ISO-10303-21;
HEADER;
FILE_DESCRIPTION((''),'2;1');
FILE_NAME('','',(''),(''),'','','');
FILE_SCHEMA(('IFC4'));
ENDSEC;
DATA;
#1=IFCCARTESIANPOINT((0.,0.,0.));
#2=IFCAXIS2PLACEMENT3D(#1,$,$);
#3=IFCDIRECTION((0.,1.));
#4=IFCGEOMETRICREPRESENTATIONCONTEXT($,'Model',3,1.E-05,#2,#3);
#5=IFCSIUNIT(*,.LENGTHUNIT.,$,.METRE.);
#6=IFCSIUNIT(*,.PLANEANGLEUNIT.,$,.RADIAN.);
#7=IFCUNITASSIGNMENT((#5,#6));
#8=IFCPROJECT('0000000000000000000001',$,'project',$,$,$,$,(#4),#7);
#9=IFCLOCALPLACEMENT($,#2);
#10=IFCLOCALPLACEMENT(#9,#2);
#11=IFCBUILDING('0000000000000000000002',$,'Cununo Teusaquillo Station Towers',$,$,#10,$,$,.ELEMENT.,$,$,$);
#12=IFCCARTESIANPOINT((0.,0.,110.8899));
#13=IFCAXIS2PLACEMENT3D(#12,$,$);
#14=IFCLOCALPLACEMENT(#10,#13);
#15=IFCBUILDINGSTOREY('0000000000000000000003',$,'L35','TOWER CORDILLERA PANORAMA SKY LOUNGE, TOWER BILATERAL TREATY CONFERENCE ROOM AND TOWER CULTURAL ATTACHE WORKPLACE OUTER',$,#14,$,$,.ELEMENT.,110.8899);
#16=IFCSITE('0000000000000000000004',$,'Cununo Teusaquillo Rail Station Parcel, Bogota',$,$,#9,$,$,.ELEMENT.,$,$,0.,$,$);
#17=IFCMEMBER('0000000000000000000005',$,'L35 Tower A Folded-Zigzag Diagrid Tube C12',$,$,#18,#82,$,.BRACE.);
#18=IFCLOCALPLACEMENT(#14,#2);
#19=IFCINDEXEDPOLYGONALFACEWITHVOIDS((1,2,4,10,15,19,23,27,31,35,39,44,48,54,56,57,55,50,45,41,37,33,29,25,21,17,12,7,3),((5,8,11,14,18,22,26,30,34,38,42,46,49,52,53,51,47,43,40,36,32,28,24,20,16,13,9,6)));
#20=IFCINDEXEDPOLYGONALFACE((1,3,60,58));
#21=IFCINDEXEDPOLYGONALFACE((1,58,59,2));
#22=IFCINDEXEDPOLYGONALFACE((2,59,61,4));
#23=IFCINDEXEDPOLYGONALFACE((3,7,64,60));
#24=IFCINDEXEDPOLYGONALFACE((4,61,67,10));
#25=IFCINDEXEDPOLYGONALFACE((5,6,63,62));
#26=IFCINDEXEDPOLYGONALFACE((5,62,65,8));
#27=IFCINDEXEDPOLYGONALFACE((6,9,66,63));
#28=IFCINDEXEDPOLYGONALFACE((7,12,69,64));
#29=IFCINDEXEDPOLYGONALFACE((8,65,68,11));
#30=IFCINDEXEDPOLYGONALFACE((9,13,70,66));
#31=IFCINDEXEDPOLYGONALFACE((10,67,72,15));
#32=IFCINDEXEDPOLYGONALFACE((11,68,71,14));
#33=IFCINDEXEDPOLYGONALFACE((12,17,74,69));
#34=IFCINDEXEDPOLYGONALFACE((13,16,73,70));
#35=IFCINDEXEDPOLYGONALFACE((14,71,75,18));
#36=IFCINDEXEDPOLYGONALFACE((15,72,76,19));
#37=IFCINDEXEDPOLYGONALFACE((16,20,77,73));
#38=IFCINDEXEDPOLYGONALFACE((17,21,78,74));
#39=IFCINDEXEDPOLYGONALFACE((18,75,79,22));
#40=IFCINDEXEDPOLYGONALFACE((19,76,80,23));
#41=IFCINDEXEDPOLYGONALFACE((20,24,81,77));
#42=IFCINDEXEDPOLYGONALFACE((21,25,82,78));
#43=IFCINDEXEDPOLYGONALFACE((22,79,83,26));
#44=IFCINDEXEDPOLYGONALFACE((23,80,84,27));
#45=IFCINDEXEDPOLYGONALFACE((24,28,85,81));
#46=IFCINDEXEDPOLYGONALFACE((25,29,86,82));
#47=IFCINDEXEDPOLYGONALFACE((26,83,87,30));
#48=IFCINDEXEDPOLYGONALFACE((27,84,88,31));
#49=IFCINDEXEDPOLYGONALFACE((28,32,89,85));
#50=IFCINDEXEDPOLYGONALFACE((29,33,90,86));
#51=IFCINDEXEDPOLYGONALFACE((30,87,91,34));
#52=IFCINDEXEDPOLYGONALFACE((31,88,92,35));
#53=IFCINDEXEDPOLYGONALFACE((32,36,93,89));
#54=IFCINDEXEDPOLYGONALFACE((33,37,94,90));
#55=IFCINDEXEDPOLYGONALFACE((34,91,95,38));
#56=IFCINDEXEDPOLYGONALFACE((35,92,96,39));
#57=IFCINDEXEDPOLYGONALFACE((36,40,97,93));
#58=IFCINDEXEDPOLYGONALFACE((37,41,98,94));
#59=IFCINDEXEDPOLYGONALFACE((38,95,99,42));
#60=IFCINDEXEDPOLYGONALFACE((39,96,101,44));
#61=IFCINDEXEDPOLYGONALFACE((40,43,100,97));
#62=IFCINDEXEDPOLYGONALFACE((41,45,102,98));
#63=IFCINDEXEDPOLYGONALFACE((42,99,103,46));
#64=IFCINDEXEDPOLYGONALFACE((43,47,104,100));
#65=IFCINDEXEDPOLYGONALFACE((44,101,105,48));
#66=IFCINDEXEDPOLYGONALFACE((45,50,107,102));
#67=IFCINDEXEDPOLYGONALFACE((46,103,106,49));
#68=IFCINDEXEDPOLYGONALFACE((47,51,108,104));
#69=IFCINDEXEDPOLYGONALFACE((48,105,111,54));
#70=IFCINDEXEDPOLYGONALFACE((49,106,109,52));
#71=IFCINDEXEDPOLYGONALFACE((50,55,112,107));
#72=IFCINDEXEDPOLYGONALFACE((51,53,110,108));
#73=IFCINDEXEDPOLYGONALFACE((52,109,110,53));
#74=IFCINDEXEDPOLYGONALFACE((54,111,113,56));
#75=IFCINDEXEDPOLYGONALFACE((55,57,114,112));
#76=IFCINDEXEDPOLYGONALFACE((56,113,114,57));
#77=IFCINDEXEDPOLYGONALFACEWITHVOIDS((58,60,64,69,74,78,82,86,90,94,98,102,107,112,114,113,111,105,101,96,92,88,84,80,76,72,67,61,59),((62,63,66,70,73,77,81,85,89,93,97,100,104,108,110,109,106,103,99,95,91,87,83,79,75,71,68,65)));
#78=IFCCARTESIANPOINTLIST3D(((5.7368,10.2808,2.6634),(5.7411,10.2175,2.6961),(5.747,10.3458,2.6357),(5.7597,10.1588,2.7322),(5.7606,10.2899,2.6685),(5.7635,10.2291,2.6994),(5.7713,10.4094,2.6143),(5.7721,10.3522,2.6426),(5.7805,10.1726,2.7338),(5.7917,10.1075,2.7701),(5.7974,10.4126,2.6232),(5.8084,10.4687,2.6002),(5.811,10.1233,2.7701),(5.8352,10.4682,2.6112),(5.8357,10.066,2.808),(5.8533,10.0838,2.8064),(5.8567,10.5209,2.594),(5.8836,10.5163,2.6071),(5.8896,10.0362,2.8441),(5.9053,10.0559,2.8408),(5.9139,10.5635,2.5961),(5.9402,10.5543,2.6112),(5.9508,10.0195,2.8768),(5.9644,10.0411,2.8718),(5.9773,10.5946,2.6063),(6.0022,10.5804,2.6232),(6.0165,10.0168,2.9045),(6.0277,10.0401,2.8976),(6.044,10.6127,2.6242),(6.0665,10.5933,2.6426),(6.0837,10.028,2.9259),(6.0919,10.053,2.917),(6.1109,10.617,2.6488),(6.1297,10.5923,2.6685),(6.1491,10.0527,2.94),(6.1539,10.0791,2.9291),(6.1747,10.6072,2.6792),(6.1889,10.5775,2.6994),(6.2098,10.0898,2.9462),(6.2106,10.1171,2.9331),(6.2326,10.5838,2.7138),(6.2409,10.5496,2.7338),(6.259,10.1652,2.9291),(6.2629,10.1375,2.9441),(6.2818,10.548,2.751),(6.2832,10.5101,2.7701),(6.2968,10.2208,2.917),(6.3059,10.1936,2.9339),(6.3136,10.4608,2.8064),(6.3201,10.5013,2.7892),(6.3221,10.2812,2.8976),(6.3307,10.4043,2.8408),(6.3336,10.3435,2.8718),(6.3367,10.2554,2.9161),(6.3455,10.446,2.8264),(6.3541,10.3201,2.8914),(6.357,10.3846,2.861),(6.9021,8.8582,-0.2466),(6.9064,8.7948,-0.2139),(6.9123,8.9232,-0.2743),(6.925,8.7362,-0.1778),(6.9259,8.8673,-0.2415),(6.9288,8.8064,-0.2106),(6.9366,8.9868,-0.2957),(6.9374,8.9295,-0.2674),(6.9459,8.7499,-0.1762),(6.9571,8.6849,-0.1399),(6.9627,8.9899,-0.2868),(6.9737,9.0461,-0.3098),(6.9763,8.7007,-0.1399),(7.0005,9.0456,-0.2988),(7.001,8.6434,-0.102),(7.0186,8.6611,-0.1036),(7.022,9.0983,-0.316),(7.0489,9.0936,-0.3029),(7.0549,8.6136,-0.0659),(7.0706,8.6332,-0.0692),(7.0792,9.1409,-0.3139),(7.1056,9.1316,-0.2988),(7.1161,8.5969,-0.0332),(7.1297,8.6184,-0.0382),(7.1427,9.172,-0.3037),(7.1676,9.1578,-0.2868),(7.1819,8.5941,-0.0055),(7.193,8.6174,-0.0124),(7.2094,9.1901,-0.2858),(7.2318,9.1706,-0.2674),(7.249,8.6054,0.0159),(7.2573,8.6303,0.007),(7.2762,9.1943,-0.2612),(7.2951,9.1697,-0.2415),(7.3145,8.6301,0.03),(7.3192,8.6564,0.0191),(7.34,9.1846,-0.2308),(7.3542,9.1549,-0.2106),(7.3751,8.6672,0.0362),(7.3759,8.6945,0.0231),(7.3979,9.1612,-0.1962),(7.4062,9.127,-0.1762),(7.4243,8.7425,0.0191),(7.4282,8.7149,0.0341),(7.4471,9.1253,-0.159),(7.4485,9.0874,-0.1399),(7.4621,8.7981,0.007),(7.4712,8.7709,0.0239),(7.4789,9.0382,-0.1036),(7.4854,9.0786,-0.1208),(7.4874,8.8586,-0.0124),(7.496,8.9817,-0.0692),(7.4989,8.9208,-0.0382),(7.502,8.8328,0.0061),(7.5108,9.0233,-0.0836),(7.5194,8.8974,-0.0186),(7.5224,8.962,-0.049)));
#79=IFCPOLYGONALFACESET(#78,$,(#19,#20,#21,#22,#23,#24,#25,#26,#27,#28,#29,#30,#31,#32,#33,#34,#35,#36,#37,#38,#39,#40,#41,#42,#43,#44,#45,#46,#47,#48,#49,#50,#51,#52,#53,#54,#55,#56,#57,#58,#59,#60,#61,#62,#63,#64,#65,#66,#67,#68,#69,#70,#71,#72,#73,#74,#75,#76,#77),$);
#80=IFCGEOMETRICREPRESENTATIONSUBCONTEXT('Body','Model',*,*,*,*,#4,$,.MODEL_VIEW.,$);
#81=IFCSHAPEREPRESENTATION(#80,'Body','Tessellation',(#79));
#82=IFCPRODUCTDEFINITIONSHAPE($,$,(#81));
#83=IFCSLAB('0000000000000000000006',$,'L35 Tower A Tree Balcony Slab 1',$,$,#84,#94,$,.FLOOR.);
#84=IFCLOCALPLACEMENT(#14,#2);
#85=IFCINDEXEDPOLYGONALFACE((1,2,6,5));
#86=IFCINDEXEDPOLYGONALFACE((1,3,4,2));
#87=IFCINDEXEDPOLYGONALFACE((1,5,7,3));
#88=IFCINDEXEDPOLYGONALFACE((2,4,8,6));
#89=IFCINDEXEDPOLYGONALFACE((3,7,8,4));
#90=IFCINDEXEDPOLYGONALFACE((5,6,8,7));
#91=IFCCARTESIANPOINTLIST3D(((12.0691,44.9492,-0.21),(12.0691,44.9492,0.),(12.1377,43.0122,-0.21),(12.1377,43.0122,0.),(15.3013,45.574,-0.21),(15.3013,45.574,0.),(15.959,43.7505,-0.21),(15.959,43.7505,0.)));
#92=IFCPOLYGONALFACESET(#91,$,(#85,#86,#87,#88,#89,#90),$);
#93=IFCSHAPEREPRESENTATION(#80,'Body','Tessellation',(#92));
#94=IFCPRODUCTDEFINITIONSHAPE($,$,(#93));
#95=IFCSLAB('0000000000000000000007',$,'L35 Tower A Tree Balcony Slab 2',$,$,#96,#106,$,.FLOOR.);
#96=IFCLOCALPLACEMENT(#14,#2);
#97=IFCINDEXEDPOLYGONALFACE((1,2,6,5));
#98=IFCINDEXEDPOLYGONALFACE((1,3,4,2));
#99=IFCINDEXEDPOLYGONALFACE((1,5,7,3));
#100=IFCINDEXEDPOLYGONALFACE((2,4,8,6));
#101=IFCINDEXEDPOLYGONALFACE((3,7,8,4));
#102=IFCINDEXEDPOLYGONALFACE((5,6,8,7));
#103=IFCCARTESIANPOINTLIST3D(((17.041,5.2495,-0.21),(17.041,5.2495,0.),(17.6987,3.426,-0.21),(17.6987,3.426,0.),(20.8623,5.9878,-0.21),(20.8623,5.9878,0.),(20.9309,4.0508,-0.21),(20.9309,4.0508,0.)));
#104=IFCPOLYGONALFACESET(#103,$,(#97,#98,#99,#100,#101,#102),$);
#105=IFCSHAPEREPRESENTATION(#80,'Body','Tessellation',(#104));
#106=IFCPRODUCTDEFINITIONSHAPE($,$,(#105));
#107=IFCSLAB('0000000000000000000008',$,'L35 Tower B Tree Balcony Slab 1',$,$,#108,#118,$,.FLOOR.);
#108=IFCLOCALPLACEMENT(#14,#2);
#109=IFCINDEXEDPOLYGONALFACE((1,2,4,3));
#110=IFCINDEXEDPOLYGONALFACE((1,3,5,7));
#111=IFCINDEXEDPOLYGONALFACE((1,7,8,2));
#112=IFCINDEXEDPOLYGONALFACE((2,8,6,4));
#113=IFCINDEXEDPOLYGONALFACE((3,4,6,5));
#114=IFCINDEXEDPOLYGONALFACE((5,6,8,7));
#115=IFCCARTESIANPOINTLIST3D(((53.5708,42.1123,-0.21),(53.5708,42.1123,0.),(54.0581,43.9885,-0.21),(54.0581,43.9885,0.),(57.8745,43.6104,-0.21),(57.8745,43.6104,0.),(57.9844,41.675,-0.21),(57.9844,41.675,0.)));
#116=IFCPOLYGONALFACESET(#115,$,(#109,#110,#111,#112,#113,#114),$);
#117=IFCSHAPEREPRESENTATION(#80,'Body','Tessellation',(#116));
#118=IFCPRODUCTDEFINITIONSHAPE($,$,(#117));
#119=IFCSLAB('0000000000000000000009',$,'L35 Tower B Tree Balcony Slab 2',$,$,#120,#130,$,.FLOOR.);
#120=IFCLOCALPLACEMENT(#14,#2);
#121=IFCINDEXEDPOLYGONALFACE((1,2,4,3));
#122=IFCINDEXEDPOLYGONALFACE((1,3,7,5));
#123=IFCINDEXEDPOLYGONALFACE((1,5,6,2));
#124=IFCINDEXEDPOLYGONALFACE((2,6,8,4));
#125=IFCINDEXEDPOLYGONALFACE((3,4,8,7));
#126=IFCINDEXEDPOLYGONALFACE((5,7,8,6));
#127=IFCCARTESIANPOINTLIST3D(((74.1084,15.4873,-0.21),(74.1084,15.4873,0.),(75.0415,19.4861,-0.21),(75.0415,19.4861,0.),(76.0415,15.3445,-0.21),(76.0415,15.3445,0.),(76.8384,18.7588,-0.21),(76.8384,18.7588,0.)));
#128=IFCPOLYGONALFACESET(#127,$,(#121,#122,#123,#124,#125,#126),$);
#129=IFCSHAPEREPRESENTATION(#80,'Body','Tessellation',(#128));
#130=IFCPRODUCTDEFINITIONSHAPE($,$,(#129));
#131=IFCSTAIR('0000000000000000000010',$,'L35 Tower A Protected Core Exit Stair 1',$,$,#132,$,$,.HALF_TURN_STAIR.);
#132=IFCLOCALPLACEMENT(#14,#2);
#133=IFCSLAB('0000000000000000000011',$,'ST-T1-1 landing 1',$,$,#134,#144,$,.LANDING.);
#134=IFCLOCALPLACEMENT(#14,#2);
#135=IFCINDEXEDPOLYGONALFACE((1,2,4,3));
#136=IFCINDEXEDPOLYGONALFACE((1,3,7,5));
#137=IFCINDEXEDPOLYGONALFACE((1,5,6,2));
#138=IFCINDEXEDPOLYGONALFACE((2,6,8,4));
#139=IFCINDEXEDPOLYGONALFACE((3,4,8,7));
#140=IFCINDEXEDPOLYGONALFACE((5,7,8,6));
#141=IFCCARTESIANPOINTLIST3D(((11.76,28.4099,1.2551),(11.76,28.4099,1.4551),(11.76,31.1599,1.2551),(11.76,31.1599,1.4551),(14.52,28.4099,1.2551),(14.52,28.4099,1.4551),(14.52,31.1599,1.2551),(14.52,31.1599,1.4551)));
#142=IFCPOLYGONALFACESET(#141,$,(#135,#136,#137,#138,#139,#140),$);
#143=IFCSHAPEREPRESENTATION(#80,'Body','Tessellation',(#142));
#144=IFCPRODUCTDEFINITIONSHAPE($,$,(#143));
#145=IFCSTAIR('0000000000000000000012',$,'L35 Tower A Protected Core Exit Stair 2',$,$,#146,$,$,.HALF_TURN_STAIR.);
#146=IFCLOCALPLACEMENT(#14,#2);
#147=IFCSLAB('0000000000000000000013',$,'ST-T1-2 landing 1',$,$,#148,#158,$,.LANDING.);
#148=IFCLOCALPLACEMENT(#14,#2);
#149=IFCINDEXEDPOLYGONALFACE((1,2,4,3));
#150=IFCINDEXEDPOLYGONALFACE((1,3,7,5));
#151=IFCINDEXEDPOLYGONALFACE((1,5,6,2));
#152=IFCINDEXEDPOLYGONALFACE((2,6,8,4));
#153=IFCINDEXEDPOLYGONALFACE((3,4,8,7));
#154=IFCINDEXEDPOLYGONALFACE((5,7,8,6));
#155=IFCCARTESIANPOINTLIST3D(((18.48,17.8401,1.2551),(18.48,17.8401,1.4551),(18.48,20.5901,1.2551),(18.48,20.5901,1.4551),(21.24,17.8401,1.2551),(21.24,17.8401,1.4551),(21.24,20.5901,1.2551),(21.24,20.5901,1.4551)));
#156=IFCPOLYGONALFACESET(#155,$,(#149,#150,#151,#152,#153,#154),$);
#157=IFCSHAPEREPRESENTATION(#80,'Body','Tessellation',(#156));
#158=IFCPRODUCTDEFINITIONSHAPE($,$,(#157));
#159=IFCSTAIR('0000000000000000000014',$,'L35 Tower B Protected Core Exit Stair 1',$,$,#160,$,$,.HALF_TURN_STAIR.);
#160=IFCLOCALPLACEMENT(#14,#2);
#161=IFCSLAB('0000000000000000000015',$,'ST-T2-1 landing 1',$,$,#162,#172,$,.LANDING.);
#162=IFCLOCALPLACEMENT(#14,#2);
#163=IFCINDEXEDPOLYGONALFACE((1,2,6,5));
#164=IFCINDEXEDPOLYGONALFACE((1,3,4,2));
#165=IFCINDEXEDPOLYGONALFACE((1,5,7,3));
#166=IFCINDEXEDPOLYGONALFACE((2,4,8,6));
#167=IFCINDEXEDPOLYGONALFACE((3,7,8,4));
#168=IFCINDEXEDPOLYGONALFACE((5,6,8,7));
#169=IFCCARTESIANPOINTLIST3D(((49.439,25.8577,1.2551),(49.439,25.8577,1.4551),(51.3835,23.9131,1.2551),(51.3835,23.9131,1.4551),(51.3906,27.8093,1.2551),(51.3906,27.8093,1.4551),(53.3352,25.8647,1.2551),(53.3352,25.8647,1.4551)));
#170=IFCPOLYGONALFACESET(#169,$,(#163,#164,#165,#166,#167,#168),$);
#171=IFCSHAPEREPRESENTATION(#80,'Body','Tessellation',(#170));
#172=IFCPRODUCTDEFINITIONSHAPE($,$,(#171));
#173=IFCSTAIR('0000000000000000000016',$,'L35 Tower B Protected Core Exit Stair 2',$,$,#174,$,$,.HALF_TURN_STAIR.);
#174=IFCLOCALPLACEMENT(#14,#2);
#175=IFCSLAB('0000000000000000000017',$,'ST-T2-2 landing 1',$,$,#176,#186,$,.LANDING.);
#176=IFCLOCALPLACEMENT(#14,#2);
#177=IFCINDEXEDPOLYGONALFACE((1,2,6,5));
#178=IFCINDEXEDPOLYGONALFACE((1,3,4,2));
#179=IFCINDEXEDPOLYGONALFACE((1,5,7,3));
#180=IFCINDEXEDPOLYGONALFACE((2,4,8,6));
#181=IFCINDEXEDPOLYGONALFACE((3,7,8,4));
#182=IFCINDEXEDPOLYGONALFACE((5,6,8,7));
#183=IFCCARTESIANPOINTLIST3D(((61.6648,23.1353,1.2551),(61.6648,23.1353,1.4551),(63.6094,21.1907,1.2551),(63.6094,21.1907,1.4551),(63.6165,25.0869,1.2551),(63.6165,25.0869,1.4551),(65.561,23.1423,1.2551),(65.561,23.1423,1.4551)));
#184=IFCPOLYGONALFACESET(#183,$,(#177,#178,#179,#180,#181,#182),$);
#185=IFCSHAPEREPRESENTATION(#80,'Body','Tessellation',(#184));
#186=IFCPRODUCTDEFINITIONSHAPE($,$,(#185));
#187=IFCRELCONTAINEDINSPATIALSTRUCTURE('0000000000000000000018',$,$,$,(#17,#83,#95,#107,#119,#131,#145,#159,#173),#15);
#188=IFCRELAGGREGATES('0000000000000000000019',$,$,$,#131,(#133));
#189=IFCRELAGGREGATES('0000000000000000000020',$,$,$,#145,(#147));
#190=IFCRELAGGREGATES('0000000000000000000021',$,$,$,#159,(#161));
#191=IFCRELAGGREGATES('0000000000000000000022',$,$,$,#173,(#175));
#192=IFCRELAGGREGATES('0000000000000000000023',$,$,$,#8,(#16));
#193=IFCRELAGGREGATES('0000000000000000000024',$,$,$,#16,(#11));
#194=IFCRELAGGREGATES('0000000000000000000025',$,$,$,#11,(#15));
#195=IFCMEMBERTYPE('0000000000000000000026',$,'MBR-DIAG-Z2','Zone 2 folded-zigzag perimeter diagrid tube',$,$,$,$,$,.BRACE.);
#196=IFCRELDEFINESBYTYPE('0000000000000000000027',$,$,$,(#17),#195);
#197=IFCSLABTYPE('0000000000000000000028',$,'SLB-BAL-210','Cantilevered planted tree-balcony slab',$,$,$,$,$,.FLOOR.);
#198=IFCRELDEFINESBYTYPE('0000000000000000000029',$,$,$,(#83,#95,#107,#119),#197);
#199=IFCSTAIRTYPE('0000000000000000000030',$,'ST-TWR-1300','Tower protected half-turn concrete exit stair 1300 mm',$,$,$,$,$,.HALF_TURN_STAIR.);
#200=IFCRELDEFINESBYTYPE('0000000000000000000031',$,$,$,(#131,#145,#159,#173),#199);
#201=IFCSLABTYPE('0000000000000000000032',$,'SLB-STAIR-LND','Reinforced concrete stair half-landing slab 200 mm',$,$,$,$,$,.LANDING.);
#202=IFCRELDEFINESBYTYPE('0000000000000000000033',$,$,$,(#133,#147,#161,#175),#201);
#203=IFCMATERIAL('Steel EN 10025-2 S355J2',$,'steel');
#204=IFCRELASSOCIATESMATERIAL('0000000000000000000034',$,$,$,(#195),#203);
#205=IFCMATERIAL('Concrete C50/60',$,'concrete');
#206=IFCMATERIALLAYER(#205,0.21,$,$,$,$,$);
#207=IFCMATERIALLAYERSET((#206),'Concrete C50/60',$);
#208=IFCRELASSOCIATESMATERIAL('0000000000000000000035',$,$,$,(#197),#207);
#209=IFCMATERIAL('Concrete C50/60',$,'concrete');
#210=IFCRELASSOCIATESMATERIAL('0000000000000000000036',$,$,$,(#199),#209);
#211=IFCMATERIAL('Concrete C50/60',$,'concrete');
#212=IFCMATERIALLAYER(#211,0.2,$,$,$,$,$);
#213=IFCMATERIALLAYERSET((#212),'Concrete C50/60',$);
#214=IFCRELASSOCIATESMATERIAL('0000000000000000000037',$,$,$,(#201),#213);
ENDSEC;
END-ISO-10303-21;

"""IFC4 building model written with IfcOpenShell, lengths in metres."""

from ifc_helpers import new_model, si_unit, direction, frame, origin, origin_2d, place, context, subcontext, project, spatial, polyline, hollow_circle, outline, extrude, material, layer, layer_set, material_profile, profile_set, type_object, element, aggregate, save


model = new_model("IFC4")

# Units and contexts
model_context = context("Model", 3, precision=1e-05, world=origin(), true_north=direction((0.0, 1.0)))
body_context = subcontext(model_context, "Body", "Model", "MODEL_VIEW")
ifc_project = project(units=[si_unit("LENGTHUNIT", "METRE"), si_unit("PLANEANGLEUNIT", "RADIAN")], contexts=[model_context])

# Site, building, storey
site_placement = place(None, origin())
site = spatial("IfcSite", under=ifc_project, at=site_placement, Name="Cununo Teusaquillo Rail Station Parcel, Bogota", CompositionType="ELEMENT", RefElevation=0.0)
building_placement = place(site_placement, origin())
building = spatial("IfcBuilding", under=site, at=building_placement, Name="Cununo Teusaquillo Station Towers", CompositionType="ELEMENT")
storey_placement = place(building_placement, frame((0.0, 0.0, 110.8899)))
storey = spatial("IfcBuildingStorey", under=building, at=storey_placement, Name="L35", Description="TOWER CORDILLERA PANORAMA SKY LOUNGE, TOWER BILATERAL TREATY CONFERENCE ROOM AND TOWER CULTURAL ATTACHE WORKPLACE OUTER", CompositionType="ELEMENT", Elevation=110.8899)

# Member
ifc_material_1 = material(Name="Steel EN 10025-2 S355J2", Category="steel")
ifc_material_profile_1 = material_profile(ifc_material_1, hollow_circle(Radius=0.3301, WallThickness=0.0249, at=origin_2d()), Name="CHS 660x25")
ifc_profile_set_1 = profile_set([ifc_material_profile_1], Name="Steel EN 10025-2 S355J2")
member_type = type_object("IfcMemberType", Name="MBR-DIAG-Z2", Description="Zone 2 folded-zigzag perimeter diagrid tube", PredefinedType="BRACE", material=ifc_profile_set_1)
member_placement = place(storey_placement, frame((7.2124, 8.894, -0.1399), z_axis=(-0.338521, 0.413275, 0.845345), x_axis=(-0.773602, -0.633671, 0.0)))
element("IfcMember", 1, at=member_placement, inside=storey, type_object=member_type, Name="L35 Tower A Folded-Zigzag Diagrid Tube C12", PredefinedType="BRACE", context=body_context, shape_type="SweptSolid", body=[
    extrude(hollow_circle(Radius=0.3301, WallThickness=0.0249, at=origin_2d()), origin(), (0.0, 0.0, 1.0), 3.4424),
])

# Slabs
ifc_material_2 = material(Name="Concrete C50/60", Category="concrete")
ifc_layer_1 = layer(ifc_material_2, 0.21)
ifc_layer_set_1 = layer_set([ifc_layer_1], Name="Concrete C50/60")
slab_type_1 = type_object("IfcSlabType", Name="SLB-BAL-210", Description="Cantilevered planted tree-balcony slab", PredefinedType="FLOOR", material=ifc_layer_set_1)
slab_1_placement = place(storey_placement, frame((0.0, 0.0, -0.21)))
element("IfcSlab", 2, at=slab_1_placement, inside=storey, type_object=slab_type_1, Name="L35 Tower A Tree Balcony Slab 1", PredefinedType="FLOOR", context=body_context, shape_type="SweptSolid", body=[
    extrude(outline(polyline([(15.959, 43.7505), (12.1377, 43.0122), (12.0691, 44.9492), (15.3013, 45.574), (15.959, 43.7505)])), origin(), (0.0, 0.0, 1.0), 0.21),
])
slab_2_placement = place(storey_placement, frame((0.0, 0.0, -0.21)))
element("IfcSlab", 3, at=slab_2_placement, inside=storey, type_object=slab_type_1, Name="L35 Tower A Tree Balcony Slab 2", PredefinedType="FLOOR", context=body_context, shape_type="SweptSolid", body=[
    extrude(outline(polyline([(17.041, 5.2495), (20.8623, 5.9878), (20.9309, 4.0508), (17.6987, 3.426), (17.041, 5.2495)])), origin(), (0.0, 0.0, 1.0), 0.21),
])
slab_3_placement = place(storey_placement, frame((0.0, 0.0, -0.21)))
element("IfcSlab", 4, at=slab_3_placement, inside=storey, type_object=slab_type_1, Name="L35 Tower B Tree Balcony Slab 1", PredefinedType="FLOOR", context=body_context, shape_type="SweptSolid", body=[
    extrude(outline(polyline([(57.9844, 41.675), (53.5708, 42.1123), (54.0581, 43.9885), (57.8745, 43.6104), (57.9844, 41.675)])), origin(), (0.0, 0.0, 1.0), 0.21),
])
slab_4_placement = place(storey_placement, frame((0.0, 0.0, -0.21)))
element("IfcSlab", 5, at=slab_4_placement, inside=storey, type_object=slab_type_1, Name="L35 Tower B Tree Balcony Slab 2", PredefinedType="FLOOR", context=body_context, shape_type="SweptSolid", body=[
    extrude(outline(polyline([(74.1084, 15.4873), (75.0415, 19.4861), (76.8384, 18.7588), (76.0415, 15.3445), (74.1084, 15.4873)])), origin(), (0.0, 0.0, 1.0), 0.21),
])

# Stairs, slabs
ifc_material_3 = material(Name="Concrete C50/60", Category="concrete")
stair_type = type_object("IfcStairType", Name="ST-TWR-1300", Description="Tower protected half-turn concrete exit stair 1300 mm", PredefinedType="HALF_TURN_STAIR", material=ifc_material_3)
stair_1_placement = place(storey_placement, origin())
stair_1 = element("IfcStair", 6, at=stair_1_placement, inside=storey, type_object=stair_type, Name="L35 Tower A Protected Core Exit Stair 1", PredefinedType="HALF_TURN_STAIR")
ifc_material_4 = material(Name="Concrete C50/60", Category="concrete")
ifc_layer_2 = layer(ifc_material_4, 0.2)
ifc_layer_set_2 = layer_set([ifc_layer_2], Name="Concrete C50/60")
slab_type_2 = type_object("IfcSlabType", Name="SLB-STAIR-LND", Description="Reinforced concrete stair half-landing slab 200 mm", PredefinedType="LANDING", material=ifc_layer_set_2)
slab_5_placement = place(storey_placement, frame((0.0, 0.0, 1.2551)))
slab_5 = element("IfcSlab", 7, at=slab_5_placement, type_object=slab_type_2, Name="ST-T1-1 landing 1", PredefinedType="LANDING", context=body_context, shape_type="SweptSolid", body=[
    extrude(outline(polyline([(14.52, 28.4099), (14.52, 31.1599), (11.76, 31.1599), (11.76, 28.4099), (14.52, 28.4099)])), origin(), (0.0, 0.0, 1.0), 0.2),
])
aggregate(stair_1, [slab_5])
stair_2_placement = place(storey_placement, origin())
stair_2 = element("IfcStair", 8, at=stair_2_placement, inside=storey, type_object=stair_type, Name="L35 Tower A Protected Core Exit Stair 2", PredefinedType="HALF_TURN_STAIR")
slab_6_placement = place(storey_placement, frame((0.0, 0.0, 1.2551)))
slab_6 = element("IfcSlab", 9, at=slab_6_placement, type_object=slab_type_2, Name="ST-T1-2 landing 1", PredefinedType="LANDING", context=body_context, shape_type="SweptSolid", body=[
    extrude(outline(polyline([(18.48, 20.5901), (18.48, 17.8401), (21.24, 17.8401), (21.24, 20.5901), (18.48, 20.5901)])), origin(), (0.0, 0.0, 1.0), 0.2),
])
aggregate(stair_2, [slab_6])
stair_3_placement = place(storey_placement, origin())
stair_3 = element("IfcStair", 10, at=stair_3_placement, inside=storey, type_object=stair_type, Name="L35 Tower B Protected Core Exit Stair 1", PredefinedType="HALF_TURN_STAIR")
slab_7_placement = place(storey_placement, frame((0.0, 0.0, 1.2551)))
slab_7 = element("IfcSlab", 11, at=slab_7_placement, type_object=slab_type_2, Name="ST-T2-1 landing 1", PredefinedType="LANDING", context=body_context, shape_type="SweptSolid", body=[
    extrude(outline(polyline([(53.3352, 25.8647), (51.3906, 27.8093), (49.439, 25.8577), (51.3835, 23.9131), (53.3352, 25.8647)])), origin(), (0.0, 0.0, 1.0), 0.2),
])
aggregate(stair_3, [slab_7])
stair_4_placement = place(storey_placement, origin())
stair_4 = element("IfcStair", 12, at=stair_4_placement, inside=storey, type_object=stair_type, Name="L35 Tower B Protected Core Exit Stair 2", PredefinedType="HALF_TURN_STAIR")
slab_8_placement = place(storey_placement, frame((0.0, 0.0, 1.2551)))
slab_8 = element("IfcSlab", 13, at=slab_8_placement, type_object=slab_type_2, Name="ST-T2-2 landing 1", PredefinedType="LANDING", context=body_context, shape_type="SweptSolid", body=[
    extrude(outline(polyline([(61.6648, 23.1353), (63.6094, 21.1907), (65.561, 23.1423), (63.6165, 25.0869), (61.6648, 23.1353)])), origin(), (0.0, 0.0, 1.0), 0.2),
])
aggregate(stair_4, [slab_8])

save(model, "model.ifc")
